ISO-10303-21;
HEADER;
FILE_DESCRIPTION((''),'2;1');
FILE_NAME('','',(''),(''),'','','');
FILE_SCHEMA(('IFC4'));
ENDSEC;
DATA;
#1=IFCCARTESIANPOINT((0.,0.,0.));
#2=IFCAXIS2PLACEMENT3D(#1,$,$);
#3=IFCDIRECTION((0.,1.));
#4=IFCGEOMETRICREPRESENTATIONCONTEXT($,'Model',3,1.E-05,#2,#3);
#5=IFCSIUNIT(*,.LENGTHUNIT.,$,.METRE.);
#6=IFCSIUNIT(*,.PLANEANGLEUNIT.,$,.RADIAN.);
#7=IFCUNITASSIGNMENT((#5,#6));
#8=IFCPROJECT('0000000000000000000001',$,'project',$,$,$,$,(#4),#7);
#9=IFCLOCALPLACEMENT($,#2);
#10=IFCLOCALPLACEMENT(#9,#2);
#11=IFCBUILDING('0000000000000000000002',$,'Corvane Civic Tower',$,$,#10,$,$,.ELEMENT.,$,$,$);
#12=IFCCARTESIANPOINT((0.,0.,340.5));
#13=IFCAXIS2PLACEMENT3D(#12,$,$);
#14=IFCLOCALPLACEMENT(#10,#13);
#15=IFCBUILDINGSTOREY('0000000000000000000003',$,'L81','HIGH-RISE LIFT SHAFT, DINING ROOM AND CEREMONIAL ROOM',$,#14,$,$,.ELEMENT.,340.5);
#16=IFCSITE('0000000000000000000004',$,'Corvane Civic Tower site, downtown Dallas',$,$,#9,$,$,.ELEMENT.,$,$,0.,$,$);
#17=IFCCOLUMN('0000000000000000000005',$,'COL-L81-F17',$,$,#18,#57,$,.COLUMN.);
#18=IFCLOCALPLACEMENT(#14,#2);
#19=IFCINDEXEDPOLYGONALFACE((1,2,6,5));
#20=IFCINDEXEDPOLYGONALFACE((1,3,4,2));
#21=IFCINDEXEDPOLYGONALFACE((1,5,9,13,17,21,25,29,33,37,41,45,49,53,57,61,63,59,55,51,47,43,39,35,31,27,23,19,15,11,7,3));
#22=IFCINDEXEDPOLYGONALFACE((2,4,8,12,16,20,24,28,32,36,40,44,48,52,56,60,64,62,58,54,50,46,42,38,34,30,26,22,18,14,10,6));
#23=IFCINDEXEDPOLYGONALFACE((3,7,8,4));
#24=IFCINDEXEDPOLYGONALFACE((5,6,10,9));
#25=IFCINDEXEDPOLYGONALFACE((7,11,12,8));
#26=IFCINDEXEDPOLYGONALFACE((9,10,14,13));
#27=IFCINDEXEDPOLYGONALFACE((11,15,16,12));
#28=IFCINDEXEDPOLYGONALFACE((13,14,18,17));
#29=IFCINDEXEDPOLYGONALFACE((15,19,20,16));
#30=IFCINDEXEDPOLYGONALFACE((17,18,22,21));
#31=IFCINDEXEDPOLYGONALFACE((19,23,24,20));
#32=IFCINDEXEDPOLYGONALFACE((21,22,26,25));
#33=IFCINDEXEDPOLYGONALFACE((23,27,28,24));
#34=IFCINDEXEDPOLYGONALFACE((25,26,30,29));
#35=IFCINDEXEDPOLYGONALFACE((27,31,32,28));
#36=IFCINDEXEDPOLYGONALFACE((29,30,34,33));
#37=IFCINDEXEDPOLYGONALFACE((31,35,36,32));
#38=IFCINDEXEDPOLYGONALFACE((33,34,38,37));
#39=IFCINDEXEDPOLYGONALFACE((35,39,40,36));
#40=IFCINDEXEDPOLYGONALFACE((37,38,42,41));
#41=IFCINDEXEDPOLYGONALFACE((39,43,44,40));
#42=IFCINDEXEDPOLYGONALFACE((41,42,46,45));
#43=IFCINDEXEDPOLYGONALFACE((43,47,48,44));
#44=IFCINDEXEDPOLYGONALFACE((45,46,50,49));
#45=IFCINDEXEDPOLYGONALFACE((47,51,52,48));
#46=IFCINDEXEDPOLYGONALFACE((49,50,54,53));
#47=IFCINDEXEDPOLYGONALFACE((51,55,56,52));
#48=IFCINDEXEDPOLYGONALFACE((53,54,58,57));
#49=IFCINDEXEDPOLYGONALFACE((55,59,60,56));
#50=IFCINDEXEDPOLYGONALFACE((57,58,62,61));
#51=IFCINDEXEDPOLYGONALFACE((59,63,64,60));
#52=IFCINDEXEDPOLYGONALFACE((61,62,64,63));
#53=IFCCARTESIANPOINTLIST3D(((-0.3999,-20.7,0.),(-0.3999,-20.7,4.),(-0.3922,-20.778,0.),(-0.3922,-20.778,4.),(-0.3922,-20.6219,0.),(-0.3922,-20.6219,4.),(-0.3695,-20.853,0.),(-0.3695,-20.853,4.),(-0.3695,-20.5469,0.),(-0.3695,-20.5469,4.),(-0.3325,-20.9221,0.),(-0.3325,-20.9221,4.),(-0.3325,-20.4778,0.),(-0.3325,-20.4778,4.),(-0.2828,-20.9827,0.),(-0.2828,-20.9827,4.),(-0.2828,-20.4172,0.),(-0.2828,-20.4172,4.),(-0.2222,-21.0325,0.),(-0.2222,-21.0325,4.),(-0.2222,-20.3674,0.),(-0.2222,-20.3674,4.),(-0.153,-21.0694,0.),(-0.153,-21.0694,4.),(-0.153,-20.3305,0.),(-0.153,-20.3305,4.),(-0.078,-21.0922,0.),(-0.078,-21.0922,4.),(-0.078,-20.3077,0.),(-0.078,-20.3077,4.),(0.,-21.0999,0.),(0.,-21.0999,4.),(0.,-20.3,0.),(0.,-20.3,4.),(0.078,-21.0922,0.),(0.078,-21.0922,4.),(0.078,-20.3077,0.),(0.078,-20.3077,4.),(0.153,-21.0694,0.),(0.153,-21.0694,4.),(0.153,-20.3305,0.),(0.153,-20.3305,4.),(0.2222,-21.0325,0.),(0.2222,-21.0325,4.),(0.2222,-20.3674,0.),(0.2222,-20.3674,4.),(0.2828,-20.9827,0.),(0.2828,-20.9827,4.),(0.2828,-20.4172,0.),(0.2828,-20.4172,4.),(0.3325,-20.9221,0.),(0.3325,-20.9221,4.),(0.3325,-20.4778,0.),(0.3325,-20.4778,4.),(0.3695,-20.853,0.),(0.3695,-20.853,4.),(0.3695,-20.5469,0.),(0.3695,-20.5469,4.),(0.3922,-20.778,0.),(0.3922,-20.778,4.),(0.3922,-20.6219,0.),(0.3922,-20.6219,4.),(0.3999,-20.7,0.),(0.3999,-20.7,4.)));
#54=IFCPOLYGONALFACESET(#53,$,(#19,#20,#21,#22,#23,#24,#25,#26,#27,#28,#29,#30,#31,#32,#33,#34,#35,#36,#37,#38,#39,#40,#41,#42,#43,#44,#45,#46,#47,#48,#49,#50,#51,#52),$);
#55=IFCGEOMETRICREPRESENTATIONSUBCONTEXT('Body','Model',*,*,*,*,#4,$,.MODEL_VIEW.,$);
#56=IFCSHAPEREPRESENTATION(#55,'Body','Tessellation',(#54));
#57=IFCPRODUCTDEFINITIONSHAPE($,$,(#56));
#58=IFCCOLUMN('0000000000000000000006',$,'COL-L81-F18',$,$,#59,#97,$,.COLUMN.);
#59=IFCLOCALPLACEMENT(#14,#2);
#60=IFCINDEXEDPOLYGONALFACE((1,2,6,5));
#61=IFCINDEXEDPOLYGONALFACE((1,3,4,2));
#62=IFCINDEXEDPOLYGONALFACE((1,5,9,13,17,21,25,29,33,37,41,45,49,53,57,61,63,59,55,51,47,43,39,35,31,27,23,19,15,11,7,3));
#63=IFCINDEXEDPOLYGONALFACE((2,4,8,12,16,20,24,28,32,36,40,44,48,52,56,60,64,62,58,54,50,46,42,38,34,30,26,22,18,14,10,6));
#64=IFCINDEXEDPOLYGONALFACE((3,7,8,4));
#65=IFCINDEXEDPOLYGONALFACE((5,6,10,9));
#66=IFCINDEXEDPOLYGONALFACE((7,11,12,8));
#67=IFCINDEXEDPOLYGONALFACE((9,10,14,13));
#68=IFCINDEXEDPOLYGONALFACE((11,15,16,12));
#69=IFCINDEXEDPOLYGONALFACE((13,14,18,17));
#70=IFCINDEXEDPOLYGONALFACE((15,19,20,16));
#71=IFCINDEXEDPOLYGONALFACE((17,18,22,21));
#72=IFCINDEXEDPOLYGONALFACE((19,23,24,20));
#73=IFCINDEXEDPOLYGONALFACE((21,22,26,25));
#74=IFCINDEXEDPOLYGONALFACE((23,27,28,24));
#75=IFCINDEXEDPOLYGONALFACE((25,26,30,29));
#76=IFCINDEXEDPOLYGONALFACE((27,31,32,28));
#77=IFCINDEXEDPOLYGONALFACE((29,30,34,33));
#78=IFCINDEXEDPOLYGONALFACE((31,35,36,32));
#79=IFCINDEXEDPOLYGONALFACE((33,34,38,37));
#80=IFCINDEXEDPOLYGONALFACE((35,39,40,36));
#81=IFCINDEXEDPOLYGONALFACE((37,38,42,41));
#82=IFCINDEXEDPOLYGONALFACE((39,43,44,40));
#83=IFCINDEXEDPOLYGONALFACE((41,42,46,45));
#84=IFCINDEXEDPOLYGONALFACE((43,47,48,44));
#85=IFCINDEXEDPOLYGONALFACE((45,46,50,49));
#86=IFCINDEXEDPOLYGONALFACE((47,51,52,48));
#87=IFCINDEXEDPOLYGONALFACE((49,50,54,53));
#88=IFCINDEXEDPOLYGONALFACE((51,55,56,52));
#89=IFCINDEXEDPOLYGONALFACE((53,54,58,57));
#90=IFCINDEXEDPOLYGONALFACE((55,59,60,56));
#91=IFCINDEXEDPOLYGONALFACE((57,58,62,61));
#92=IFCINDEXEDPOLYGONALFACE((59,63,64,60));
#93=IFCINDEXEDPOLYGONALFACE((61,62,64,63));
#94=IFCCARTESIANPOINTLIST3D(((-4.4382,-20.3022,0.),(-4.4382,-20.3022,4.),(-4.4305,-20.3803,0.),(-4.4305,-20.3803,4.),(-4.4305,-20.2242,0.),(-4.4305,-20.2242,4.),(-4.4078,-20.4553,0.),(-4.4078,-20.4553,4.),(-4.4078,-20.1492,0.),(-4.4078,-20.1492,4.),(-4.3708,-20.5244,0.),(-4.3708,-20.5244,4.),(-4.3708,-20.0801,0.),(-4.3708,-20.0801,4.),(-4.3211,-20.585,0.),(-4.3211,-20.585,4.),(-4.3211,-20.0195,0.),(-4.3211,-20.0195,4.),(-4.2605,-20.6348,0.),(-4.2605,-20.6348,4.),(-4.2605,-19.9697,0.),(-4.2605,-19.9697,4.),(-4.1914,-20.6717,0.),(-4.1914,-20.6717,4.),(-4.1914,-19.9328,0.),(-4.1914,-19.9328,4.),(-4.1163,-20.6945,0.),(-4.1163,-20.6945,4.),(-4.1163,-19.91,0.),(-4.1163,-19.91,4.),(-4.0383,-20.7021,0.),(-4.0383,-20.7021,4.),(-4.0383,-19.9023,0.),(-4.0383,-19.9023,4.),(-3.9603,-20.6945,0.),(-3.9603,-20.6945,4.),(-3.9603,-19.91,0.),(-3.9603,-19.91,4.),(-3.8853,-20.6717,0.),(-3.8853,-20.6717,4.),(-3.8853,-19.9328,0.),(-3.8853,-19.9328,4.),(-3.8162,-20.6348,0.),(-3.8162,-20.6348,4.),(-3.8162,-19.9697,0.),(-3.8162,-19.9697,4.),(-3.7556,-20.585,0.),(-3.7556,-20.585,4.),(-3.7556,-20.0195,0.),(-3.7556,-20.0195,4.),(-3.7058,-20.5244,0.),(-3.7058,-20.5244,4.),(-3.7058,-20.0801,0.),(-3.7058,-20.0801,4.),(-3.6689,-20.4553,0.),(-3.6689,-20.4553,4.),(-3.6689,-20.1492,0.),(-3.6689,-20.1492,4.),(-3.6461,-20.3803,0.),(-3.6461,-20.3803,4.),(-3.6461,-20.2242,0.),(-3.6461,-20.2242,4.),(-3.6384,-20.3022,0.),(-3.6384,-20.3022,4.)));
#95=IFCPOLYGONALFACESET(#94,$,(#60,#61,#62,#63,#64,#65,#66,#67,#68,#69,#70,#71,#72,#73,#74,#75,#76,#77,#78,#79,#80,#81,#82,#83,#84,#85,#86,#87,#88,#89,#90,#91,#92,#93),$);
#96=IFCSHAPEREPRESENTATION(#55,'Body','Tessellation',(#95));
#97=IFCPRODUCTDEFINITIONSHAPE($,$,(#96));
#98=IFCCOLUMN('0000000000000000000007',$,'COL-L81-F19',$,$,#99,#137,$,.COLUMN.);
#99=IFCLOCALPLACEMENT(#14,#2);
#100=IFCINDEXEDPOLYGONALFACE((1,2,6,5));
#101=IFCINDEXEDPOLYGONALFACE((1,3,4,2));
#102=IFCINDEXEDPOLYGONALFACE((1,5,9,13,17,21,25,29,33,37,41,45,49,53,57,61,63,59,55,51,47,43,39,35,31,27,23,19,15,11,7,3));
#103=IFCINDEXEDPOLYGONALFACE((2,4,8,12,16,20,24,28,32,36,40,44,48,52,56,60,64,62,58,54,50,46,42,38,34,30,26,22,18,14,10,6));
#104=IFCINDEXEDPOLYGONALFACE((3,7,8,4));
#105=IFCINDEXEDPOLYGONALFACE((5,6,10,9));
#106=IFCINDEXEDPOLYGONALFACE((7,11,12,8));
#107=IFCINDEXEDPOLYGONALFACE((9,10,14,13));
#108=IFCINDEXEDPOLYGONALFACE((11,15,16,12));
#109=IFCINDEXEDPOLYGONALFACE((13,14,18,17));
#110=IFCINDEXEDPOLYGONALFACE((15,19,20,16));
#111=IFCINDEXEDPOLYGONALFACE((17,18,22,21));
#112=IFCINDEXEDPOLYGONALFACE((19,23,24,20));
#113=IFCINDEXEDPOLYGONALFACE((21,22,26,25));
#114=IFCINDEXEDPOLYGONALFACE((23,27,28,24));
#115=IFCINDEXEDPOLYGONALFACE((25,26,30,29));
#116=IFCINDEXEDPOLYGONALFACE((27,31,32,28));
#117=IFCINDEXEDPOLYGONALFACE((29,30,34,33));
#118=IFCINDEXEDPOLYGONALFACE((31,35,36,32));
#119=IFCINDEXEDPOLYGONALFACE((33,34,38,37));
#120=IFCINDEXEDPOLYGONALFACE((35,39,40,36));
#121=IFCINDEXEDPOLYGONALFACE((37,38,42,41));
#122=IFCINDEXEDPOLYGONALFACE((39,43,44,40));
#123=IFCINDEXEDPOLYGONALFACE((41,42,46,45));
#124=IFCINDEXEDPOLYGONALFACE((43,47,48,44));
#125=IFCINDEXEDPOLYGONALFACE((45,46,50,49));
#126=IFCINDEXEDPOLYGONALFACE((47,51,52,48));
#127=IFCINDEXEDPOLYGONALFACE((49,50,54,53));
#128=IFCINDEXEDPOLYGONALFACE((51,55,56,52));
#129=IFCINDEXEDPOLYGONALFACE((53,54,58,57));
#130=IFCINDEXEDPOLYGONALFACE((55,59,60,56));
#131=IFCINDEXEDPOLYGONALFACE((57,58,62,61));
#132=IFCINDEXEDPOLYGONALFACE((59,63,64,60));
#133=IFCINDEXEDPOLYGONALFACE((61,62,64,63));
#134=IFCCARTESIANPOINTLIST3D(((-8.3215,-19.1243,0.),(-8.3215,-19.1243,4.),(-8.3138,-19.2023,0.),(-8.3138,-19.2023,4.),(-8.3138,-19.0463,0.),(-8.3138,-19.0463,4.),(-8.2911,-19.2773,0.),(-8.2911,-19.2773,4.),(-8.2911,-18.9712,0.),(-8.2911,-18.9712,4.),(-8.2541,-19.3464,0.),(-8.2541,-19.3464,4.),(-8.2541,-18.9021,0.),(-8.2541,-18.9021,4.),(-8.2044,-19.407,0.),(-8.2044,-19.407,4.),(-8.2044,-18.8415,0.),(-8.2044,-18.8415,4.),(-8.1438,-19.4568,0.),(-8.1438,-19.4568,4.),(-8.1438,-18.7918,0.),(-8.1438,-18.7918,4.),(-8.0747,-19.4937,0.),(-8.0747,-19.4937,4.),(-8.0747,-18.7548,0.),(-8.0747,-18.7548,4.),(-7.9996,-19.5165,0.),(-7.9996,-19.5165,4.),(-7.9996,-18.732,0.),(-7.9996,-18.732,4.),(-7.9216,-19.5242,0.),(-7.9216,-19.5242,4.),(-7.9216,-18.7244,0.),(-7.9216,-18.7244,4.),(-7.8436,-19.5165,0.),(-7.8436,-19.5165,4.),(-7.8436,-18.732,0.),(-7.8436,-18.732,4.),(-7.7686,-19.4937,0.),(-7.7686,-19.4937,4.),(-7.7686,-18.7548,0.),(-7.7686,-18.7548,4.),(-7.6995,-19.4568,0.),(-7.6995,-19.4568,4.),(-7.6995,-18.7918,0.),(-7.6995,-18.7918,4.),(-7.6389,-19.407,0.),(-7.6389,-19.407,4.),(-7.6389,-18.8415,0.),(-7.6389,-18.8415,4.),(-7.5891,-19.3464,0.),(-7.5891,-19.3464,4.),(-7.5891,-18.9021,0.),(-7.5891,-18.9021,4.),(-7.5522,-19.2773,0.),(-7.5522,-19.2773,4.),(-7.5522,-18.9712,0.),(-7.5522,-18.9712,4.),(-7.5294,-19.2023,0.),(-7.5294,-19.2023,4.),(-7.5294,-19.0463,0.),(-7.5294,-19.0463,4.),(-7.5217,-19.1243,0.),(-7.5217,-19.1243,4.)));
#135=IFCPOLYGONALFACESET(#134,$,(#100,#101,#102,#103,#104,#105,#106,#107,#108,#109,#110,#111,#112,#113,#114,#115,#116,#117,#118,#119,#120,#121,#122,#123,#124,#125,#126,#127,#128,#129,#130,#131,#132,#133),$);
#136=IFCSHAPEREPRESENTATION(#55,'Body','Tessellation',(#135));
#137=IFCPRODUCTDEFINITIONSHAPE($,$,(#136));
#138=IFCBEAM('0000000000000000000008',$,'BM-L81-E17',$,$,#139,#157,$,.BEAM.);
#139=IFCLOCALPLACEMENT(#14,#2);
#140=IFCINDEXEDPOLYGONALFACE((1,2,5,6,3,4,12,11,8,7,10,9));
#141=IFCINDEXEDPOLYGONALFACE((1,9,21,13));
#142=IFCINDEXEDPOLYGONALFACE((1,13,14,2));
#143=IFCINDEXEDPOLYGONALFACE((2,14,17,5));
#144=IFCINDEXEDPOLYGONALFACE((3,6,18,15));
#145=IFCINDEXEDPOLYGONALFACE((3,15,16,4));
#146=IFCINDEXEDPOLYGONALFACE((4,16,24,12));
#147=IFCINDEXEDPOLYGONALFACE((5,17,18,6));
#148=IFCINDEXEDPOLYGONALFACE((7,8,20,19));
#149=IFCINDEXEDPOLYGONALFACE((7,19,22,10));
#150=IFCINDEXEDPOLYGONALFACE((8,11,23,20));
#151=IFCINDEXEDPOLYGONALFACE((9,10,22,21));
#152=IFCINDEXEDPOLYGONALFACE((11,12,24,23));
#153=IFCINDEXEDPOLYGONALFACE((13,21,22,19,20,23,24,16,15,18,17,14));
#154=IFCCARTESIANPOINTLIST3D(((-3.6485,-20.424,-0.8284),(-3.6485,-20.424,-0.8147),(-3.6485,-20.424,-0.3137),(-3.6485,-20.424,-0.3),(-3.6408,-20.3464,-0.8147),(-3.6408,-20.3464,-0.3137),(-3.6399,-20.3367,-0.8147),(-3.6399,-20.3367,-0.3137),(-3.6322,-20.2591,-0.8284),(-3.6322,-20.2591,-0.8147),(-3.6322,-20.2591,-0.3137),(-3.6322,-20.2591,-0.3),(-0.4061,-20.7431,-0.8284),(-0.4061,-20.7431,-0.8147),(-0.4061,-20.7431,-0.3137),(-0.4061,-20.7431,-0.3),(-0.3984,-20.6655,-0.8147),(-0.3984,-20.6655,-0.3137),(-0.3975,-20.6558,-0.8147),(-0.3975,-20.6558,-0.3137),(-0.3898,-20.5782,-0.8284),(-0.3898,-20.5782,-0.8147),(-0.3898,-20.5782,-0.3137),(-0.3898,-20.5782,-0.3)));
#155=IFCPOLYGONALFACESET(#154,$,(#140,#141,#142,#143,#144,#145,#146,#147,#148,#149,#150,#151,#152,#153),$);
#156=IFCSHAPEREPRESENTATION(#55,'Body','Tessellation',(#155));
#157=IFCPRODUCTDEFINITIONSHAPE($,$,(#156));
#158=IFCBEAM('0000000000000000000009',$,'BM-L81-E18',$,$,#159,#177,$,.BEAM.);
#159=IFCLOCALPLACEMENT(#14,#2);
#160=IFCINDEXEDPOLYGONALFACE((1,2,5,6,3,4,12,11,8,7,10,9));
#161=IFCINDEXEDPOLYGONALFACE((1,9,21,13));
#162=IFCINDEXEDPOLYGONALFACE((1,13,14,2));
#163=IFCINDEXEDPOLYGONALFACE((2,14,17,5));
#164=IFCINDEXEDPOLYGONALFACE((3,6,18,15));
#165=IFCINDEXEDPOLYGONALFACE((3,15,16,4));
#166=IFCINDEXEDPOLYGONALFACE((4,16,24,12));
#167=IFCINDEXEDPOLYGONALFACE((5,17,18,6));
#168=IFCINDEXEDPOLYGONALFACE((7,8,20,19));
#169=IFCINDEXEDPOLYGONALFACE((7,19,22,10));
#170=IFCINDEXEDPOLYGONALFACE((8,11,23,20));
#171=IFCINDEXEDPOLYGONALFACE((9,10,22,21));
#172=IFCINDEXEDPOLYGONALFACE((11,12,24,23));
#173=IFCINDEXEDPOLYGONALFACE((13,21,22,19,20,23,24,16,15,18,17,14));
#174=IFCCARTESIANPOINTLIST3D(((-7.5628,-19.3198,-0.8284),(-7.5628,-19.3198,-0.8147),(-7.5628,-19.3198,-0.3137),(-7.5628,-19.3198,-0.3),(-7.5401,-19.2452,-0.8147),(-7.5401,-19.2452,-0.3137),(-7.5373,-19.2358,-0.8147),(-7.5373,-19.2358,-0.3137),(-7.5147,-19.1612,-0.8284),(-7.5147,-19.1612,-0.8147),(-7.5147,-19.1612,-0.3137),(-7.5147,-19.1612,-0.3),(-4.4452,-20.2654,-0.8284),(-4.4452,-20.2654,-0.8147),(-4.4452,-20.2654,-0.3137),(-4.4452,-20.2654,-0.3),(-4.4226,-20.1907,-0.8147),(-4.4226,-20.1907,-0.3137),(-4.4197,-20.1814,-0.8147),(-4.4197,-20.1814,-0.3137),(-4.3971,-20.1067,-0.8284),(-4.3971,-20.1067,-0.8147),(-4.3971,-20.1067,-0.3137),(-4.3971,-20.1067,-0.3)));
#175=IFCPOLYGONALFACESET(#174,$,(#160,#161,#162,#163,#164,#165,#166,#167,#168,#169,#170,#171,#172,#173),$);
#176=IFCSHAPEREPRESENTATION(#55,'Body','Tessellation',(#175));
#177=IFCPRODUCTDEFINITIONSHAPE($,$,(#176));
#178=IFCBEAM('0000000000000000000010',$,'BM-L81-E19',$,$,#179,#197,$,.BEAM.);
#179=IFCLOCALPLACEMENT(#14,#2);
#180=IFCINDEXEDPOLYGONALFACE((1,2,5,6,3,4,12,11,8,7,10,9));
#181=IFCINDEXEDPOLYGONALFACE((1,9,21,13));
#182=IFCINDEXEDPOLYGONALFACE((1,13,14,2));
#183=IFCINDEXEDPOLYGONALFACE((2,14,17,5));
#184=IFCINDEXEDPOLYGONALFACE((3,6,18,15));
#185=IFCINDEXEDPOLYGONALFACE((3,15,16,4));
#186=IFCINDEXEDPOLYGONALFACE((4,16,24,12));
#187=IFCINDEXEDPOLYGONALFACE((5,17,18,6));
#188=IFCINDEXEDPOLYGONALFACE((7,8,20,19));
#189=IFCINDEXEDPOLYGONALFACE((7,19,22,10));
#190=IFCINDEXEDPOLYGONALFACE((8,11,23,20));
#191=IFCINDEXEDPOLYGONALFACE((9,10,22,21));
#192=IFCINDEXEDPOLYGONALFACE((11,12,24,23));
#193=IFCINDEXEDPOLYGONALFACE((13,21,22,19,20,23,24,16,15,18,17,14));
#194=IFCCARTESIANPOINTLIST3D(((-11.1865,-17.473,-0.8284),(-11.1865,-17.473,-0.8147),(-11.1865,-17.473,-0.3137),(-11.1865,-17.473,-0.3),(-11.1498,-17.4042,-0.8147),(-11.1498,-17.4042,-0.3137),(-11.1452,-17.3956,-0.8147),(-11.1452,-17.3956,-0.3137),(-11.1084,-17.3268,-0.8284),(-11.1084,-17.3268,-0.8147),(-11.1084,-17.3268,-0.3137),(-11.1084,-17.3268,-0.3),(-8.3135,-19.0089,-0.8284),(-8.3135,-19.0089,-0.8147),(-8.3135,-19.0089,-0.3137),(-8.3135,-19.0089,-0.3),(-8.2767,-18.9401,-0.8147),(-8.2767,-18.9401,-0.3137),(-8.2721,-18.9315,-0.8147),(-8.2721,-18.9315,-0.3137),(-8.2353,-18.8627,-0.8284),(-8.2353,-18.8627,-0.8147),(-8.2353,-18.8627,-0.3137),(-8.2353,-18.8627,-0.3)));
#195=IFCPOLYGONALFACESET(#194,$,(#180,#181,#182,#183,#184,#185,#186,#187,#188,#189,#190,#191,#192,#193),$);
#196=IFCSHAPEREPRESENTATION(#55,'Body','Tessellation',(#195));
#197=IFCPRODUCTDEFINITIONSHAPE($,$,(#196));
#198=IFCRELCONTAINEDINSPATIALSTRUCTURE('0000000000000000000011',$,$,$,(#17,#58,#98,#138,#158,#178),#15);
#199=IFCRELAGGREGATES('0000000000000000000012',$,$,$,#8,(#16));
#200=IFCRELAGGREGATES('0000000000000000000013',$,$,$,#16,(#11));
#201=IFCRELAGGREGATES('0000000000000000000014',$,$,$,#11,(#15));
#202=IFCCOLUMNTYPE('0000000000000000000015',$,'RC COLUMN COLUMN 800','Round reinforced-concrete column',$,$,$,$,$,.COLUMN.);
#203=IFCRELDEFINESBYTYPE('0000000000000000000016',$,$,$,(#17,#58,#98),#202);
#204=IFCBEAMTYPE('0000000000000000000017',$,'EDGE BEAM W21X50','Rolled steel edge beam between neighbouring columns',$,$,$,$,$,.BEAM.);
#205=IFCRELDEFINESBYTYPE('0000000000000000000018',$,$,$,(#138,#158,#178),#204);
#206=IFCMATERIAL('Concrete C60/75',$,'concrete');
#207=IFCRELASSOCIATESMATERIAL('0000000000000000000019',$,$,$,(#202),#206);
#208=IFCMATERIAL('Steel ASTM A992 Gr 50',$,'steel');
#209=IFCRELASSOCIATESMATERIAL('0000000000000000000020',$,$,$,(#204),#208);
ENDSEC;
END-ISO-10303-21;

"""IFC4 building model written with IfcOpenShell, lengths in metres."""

from ifc_helpers import new_model, si_unit, direction, frame, origin, origin_2d, place, context, subcontext, project, spatial, circle, i_section, extrude, material, material_profile, profile_set, type_object, element, save


model = new_model("IFC4")

# Units and contexts
model_context = context("Model", 3, precision=1e-05, world=origin(), true_north=direction((0.0, 1.0)))
body_context = subcontext(model_context, "Body", "Model", "MODEL_VIEW")
ifc_project = project(units=[si_unit("LENGTHUNIT", "METRE"), si_unit("PLANEANGLEUNIT", "RADIAN")], contexts=[model_context])

# Site, building, storey
site_placement = place(None, origin())
site = spatial("IfcSite", under=ifc_project, at=site_placement, Name="Corvane Civic Tower site, downtown Dallas", CompositionType="ELEMENT", RefElevation=0.0)
building_placement = place(site_placement, origin())
building = spatial("IfcBuilding", under=site, at=building_placement, Name="Corvane Civic Tower", CompositionType="ELEMENT")
storey_placement = place(building_placement, frame((0.0, 0.0, 340.5)))
storey = spatial("IfcBuildingStorey", under=building, at=storey_placement, Name="L81", Description="HIGH-RISE LIFT SHAFT, DINING ROOM AND CEREMONIAL ROOM", CompositionType="ELEMENT", Elevation=340.5)

# Columns
ifc_material_1 = material(Name="Concrete C60/75", Category="concrete")
ifc_material_profile_1 = material_profile(ifc_material_1, circle(Radius=0.3999, at=origin_2d()), Name="COLUMN 800")
ifc_profile_set_1 = profile_set([ifc_material_profile_1], Name="Concrete C60/75")
column_type = type_object("IfcColumnType", Name="RC COLUMN COLUMN 800", Description="Round reinforced-concrete column", PredefinedType="COLUMN", material=ifc_profile_set_1)
for number, where, z_axis, x_axis, name in (
    (1, (0.0, -20.7, 0.0), (0.0, 0.0, 1.0), (1.0, 0.0, 0.0), "COL-L81-F17"),
    (2, (-4.0383, -20.3022, 0.0), (0.0, 0.0, 1.0), (1.0, 0.0, 0.0), "COL-L81-F18"),
    (3, (-7.9216, -19.1243, 0.0), (0.0, 0.0, 1.0), (1.0, 0.0, 0.0), "COL-L81-F19"),
):
    element("IfcColumn", number, at=place(storey_placement, frame(where, z_axis=z_axis, x_axis=x_axis)), inside=storey, type_object=column_type, Name=name, PredefinedType="COLUMN", context=body_context, shape_type="SweptSolid", body=[
        extrude(circle(Radius=0.3999, at=origin_2d()), origin(), (0.0, 0.0, 1.0), 4.0),
    ])

# Beams
ifc_material_2 = material(Name="Steel ASTM A992 Gr 50", Category="steel")
ifc_material_profile_2 = material_profile(ifc_material_2, i_section(OverallWidth=0.1658, OverallDepth=0.5283, WebThickness=0.0098, FlangeThickness=0.0137, at=origin_2d()), Name="W21X50")
ifc_profile_set_2 = profile_set([ifc_material_profile_2], Name="Steel ASTM A992 Gr 50")
beam_type = type_object("IfcBeamType", Name="EDGE BEAM W21X50", Description="Rolled steel edge beam between neighbouring columns", PredefinedType="BEAM", material=ifc_profile_set_2)
beam_placement = place(storey_placement, frame((-0.3979, -20.6606, -0.5642), z_axis=(-0.995193, 0.097938, 0.0), x_axis=(-0.097938, -0.995193, 0.0)))
element("IfcBeam", 4, at=beam_placement, inside=storey, type_object=beam_type, Name="BM-L81-E17", PredefinedType="BEAM", context=body_context, shape_type="SweptSolid", body=[
    extrude(i_section(OverallWidth=0.1658, OverallDepth=0.5283, WebThickness=0.0098, FlangeThickness=0.0137, at=origin_2d()), origin(), (0.0, 0.0, 1.0), 3.2581),
])
for number, where, z_axis, x_axis, name in (
    (5, (-4.4211, -20.186, -0.5642), (-0.956956, 0.290234, 0.0), (-0.290234, -0.956956, 0.0), "BM-L81-E18"),
    (6, (-8.2744, -18.9358, -0.5642), (-0.881894, 0.471448, 0.0), (-0.471448, -0.881894, 0.0), "BM-L81-E19"),
):
    element("IfcBeam", number, at=place(storey_placement, frame(where, z_axis=z_axis, x_axis=x_axis)), inside=storey, type_object=beam_type, Name=name, PredefinedType="BEAM", context=body_context, shape_type="SweptSolid", body=[
        extrude(i_section(OverallWidth=0.1658, OverallDepth=0.5283, WebThickness=0.0098, FlangeThickness=0.0137, at=origin_2d()), origin(), (0.0, 0.0, 1.0), 3.2578),
    ])

save(model, "model.ifc")
